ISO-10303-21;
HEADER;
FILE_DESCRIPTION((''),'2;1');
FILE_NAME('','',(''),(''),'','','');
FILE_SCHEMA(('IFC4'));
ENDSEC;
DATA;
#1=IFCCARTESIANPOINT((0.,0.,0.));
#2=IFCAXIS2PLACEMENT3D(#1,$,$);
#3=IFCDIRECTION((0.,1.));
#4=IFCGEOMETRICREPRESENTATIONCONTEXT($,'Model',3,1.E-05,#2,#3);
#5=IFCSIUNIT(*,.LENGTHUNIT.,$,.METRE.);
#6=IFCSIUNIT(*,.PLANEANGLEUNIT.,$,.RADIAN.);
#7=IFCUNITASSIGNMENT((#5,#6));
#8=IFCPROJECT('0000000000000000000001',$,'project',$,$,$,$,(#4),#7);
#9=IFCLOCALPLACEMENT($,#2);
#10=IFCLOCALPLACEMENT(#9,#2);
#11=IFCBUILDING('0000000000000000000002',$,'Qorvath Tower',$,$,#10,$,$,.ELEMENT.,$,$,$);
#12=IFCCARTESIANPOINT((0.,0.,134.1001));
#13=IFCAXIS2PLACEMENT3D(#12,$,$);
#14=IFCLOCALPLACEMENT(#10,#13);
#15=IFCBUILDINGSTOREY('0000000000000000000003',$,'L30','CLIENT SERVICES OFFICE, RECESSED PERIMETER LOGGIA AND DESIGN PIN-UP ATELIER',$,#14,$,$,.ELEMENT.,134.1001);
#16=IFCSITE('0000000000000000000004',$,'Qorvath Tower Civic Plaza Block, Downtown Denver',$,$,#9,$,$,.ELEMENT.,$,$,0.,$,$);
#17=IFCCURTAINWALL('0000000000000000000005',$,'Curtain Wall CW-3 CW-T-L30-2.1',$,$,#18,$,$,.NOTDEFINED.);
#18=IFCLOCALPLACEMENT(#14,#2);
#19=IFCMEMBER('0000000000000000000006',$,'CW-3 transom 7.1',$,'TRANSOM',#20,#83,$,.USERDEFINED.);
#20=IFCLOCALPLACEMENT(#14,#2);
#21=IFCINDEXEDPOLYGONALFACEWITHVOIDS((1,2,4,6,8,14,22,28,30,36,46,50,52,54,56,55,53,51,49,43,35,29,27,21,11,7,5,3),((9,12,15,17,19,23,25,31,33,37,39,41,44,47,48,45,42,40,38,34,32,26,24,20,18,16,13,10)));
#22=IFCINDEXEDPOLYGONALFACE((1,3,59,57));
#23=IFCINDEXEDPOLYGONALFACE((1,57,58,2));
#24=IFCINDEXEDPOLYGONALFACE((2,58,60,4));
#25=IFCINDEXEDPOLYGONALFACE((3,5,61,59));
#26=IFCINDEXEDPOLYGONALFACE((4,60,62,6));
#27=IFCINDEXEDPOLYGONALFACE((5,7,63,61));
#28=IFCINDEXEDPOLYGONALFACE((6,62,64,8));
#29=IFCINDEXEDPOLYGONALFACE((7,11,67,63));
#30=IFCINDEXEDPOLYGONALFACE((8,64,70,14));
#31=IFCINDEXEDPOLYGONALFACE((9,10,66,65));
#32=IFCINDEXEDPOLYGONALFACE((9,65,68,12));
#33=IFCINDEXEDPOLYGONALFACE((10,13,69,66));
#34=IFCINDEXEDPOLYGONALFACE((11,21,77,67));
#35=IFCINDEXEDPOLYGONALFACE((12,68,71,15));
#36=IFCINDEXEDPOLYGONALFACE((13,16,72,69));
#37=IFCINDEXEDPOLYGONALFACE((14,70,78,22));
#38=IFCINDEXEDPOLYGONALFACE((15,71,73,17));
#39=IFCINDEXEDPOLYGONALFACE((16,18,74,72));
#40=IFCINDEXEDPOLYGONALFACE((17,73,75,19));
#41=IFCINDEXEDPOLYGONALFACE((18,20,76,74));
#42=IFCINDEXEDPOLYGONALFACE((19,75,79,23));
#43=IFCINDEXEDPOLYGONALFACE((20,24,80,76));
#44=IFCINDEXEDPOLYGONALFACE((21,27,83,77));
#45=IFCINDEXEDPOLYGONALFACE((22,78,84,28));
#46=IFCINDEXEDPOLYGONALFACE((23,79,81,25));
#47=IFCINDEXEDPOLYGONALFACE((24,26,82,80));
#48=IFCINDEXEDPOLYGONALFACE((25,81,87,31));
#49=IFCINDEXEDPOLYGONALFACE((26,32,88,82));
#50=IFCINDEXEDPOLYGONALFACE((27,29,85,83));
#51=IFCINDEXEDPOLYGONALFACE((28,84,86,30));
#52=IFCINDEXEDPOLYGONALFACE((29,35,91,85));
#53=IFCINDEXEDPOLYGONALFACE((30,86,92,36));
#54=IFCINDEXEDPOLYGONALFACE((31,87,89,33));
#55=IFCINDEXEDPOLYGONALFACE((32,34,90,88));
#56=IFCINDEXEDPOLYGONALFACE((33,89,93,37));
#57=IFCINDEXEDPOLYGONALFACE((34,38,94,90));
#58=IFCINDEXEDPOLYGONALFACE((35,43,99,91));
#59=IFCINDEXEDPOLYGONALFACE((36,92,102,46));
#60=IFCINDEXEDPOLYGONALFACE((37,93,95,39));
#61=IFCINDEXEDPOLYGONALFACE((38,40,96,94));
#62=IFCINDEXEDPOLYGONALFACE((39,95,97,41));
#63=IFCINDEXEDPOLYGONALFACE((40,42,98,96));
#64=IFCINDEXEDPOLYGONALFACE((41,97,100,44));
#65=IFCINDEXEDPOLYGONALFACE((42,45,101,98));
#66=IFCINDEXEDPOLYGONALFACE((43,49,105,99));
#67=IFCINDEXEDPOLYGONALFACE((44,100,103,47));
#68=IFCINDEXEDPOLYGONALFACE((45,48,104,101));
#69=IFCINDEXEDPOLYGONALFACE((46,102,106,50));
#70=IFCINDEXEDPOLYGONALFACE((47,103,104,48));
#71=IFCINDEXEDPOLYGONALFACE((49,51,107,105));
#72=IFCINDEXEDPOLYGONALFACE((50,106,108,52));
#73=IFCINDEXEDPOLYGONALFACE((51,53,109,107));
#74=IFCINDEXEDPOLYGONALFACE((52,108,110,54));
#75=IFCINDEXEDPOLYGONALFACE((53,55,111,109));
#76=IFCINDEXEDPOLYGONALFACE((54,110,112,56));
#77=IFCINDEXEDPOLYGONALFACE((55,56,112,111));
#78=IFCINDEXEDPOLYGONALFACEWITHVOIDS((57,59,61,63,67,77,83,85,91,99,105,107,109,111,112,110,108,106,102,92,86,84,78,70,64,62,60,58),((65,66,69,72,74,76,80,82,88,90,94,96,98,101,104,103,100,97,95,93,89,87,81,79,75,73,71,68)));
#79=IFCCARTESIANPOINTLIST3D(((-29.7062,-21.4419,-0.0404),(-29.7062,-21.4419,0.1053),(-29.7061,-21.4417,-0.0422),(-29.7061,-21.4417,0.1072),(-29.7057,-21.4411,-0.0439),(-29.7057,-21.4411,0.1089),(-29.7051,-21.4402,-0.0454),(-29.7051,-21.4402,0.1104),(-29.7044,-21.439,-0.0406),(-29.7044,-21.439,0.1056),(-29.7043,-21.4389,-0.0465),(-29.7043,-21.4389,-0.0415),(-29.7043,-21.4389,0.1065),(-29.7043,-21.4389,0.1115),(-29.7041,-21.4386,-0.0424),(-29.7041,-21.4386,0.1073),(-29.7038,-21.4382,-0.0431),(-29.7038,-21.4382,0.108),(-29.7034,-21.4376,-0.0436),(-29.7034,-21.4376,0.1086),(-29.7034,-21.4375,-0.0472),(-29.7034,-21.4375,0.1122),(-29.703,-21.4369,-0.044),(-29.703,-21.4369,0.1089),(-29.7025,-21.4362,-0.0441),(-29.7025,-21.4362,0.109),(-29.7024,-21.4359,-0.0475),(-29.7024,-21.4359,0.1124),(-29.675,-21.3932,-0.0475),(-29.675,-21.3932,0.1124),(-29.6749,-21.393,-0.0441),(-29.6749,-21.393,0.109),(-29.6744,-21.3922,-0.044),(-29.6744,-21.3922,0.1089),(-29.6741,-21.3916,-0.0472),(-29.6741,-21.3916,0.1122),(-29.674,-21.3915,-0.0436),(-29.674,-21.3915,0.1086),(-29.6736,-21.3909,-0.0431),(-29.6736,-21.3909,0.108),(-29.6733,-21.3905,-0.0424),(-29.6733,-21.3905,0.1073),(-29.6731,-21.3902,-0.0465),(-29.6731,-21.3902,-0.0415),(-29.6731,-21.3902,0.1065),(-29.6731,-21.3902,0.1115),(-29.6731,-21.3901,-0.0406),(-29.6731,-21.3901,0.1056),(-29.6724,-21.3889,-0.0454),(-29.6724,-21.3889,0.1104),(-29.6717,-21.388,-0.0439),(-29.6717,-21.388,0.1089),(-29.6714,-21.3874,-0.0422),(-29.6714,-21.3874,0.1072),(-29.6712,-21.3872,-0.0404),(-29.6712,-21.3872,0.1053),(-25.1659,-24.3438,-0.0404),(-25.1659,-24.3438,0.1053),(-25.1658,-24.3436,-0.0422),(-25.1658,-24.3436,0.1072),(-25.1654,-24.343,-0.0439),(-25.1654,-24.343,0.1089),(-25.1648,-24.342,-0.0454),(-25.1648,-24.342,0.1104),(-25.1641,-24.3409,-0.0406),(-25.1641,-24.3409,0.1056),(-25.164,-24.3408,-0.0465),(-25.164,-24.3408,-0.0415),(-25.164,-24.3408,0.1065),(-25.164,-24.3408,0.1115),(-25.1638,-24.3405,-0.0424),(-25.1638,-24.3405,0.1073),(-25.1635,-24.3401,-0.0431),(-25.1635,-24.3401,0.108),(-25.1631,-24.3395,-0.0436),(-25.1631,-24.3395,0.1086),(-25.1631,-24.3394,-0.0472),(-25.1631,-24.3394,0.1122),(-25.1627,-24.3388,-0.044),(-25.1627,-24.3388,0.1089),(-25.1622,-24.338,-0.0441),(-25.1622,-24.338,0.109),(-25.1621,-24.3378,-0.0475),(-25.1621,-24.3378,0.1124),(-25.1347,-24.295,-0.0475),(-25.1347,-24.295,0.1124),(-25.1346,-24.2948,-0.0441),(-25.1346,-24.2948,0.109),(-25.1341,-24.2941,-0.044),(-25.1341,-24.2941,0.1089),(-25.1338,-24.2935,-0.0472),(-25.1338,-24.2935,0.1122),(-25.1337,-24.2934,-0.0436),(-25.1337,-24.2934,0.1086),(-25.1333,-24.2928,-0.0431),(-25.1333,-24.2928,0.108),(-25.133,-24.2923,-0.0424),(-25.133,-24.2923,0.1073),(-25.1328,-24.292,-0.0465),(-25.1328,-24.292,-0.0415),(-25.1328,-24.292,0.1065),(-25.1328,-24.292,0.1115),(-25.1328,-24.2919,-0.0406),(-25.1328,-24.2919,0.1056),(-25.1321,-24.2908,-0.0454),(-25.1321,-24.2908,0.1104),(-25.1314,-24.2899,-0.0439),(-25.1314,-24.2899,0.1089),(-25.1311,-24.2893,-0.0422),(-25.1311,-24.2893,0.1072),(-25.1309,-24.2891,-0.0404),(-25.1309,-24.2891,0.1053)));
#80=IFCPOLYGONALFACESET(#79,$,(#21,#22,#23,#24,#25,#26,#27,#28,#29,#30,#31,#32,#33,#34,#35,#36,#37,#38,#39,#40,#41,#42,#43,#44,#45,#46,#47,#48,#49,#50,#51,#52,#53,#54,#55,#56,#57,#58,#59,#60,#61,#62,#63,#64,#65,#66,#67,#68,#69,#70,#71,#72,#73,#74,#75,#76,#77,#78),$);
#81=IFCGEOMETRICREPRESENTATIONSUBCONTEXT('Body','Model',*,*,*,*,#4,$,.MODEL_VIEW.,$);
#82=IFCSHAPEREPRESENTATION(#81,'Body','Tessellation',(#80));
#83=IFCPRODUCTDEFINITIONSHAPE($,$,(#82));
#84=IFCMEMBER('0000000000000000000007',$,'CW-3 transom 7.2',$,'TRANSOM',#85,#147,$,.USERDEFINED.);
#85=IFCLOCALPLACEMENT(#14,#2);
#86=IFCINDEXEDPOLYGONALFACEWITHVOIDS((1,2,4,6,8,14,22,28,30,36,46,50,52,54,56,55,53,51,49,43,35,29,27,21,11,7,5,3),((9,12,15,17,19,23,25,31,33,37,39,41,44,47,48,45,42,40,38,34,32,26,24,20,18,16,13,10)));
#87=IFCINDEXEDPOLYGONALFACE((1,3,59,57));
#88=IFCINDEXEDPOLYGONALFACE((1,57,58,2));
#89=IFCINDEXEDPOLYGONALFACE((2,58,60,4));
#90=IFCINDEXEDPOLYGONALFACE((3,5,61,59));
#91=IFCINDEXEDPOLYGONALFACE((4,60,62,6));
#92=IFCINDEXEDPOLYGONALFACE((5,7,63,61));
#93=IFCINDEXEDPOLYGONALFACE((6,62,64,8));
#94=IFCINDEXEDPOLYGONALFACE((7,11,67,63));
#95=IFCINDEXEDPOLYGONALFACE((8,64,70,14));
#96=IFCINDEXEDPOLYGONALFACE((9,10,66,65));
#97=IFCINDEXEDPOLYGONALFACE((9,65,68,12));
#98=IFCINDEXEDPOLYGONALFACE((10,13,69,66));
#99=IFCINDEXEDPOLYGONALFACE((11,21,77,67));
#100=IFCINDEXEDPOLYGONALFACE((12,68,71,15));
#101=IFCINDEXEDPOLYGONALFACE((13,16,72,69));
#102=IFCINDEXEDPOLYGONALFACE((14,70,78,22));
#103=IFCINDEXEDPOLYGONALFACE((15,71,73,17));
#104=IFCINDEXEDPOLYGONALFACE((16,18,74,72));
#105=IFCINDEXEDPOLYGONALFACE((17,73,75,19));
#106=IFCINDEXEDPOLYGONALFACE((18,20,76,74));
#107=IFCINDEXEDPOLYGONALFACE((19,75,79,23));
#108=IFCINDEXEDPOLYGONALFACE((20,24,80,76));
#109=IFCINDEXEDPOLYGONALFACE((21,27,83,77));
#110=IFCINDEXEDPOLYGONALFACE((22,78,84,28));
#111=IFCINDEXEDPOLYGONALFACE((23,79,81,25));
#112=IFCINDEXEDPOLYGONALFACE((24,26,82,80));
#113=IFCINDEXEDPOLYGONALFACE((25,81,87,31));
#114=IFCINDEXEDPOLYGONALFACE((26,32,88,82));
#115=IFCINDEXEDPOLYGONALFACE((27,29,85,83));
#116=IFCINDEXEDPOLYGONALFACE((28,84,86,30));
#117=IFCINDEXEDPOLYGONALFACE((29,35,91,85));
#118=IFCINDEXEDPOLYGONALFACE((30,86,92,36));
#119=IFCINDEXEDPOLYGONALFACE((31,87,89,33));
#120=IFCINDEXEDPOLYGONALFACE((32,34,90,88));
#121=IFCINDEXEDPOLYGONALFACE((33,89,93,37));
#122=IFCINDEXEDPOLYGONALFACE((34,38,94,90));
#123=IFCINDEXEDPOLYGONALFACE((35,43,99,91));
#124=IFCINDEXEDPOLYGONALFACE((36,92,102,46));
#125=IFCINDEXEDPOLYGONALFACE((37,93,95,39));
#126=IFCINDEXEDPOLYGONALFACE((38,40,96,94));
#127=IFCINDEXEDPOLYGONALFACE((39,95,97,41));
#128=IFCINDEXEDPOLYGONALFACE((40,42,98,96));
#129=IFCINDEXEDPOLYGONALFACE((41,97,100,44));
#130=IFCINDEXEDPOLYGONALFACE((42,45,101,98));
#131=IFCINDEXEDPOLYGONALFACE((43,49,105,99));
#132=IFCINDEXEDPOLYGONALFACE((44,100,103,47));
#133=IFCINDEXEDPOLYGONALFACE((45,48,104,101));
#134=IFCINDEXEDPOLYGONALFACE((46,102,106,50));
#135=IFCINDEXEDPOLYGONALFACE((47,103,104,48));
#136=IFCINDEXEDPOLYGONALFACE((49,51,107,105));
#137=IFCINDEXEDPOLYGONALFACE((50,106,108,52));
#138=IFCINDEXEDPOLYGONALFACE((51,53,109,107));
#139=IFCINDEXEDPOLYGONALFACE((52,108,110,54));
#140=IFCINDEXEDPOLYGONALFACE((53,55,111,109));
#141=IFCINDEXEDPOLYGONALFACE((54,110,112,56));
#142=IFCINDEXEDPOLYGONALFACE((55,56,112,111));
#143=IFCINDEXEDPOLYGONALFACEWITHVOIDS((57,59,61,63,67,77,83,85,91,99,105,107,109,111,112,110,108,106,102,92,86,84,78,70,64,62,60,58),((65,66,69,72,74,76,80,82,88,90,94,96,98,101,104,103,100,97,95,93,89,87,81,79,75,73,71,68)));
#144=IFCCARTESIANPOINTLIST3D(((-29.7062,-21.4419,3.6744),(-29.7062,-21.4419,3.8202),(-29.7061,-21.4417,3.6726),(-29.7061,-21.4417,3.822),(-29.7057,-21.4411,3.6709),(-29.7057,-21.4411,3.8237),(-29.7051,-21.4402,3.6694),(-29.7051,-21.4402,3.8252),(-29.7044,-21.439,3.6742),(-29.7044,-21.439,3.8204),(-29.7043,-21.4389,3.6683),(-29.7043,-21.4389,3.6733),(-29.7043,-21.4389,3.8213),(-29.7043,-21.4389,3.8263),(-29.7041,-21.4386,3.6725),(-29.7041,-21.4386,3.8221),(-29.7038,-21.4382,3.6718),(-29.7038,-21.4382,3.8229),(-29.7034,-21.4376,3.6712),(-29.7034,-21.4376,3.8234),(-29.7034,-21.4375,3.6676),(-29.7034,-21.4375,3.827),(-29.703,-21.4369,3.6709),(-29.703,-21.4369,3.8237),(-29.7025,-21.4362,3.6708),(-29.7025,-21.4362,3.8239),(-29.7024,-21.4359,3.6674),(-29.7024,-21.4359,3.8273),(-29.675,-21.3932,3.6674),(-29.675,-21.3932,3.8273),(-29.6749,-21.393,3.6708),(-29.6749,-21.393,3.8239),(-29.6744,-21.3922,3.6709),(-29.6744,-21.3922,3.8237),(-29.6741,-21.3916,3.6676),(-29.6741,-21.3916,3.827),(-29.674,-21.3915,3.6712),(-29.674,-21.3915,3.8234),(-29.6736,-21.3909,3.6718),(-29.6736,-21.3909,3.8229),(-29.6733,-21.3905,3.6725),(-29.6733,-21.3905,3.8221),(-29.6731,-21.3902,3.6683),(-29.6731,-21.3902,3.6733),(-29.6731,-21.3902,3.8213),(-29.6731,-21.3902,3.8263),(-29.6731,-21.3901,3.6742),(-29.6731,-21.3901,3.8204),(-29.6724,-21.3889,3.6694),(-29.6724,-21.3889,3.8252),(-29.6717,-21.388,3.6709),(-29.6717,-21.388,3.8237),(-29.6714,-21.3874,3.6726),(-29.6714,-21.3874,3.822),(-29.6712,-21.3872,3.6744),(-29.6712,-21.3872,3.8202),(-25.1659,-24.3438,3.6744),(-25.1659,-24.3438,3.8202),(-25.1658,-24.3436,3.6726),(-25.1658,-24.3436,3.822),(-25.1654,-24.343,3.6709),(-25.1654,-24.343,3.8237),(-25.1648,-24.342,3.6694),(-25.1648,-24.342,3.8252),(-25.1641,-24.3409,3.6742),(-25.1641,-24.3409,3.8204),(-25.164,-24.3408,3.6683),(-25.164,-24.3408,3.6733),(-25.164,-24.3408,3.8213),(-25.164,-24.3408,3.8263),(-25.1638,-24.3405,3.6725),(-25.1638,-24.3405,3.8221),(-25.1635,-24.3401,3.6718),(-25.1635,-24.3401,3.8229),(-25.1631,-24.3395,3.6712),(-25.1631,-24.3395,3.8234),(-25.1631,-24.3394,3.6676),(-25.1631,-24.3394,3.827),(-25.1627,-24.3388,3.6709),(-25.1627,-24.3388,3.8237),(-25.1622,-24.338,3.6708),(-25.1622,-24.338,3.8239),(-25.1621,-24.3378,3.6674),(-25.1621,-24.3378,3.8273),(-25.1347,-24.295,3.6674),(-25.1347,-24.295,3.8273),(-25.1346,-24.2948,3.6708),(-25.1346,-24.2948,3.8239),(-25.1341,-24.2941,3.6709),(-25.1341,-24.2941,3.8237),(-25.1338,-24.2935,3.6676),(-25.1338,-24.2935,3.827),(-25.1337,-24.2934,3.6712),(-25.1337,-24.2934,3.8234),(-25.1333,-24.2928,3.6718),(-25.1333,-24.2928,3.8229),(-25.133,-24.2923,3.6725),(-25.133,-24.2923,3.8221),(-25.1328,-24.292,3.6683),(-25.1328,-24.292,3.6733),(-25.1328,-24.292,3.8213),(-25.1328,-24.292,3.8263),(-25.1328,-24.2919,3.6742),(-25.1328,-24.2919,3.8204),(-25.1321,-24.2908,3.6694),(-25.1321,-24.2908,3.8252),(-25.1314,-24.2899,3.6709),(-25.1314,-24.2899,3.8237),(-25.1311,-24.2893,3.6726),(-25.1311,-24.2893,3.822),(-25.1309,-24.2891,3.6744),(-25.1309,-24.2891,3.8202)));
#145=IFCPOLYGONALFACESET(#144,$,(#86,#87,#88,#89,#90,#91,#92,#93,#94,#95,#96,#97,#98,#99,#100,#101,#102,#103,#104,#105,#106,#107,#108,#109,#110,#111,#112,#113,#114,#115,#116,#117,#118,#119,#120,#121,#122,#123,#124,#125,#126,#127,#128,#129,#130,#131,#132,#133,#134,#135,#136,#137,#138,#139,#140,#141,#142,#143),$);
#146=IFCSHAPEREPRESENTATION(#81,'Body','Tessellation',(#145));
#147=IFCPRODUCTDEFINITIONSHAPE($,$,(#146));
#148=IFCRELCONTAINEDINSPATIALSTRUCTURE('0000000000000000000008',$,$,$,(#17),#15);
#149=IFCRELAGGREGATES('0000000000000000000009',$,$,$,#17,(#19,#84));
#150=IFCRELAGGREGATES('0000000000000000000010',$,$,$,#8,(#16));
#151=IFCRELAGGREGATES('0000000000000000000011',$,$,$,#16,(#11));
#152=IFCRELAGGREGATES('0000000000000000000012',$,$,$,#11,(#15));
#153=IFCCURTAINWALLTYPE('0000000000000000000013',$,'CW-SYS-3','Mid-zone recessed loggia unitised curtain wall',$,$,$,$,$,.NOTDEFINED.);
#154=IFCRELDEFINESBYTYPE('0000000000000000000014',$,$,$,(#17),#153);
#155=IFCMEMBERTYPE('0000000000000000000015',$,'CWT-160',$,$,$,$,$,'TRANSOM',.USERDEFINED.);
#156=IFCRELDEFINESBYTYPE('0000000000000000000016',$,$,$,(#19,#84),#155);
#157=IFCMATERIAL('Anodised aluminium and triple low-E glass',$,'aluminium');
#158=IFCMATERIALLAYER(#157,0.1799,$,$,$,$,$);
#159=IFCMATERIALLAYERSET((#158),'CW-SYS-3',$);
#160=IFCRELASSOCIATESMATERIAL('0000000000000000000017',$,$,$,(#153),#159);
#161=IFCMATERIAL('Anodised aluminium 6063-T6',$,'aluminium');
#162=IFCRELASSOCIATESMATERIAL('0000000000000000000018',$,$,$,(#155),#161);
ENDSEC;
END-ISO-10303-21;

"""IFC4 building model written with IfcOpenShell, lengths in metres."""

from ifc_helpers import new_model, si_unit, direction, frame, origin, origin_2d, place, context, subcontext, project, spatial, hollow_rectangle, extrude, material, layer, layer_set, material_profile, profile_set, type_object, element, aggregate, save


model = new_model("IFC4")

# Units and contexts
model_context = context("Model", 3, precision=1e-05, world=origin(), true_north=direction((0.0, 1.0)))
body_context = subcontext(model_context, "Body", "Model", "MODEL_VIEW")
ifc_project = project(units=[si_unit("LENGTHUNIT", "METRE"), si_unit("PLANEANGLEUNIT", "RADIAN")], contexts=[model_context])

# Site, building, storey
site_placement = place(None, origin())
site = spatial("IfcSite", under=ifc_project, at=site_placement, Name="Qorvath Tower Civic Plaza Block, Downtown Denver", CompositionType="ELEMENT", RefElevation=0.0)
building_placement = place(site_placement, origin())
building = spatial("IfcBuilding", under=site, at=building_placement, Name="Qorvath Tower", CompositionType="ELEMENT")
storey_placement = place(building_placement, frame((0.0, 0.0, 134.1001)))
storey = spatial("IfcBuildingStorey", under=building, at=storey_placement, Name="L30", Description="CLIENT SERVICES OFFICE, RECESSED PERIMETER LOGGIA AND DESIGN PIN-UP ATELIER", CompositionType="ELEMENT", Elevation=134.1001)

# Curtain wall, members
ifc_material_1 = material(Name="Anodised aluminium and triple low-E glass", Category="aluminium")
ifc_layer_1 = layer(ifc_material_1, 0.1799)
ifc_layer_set_1 = layer_set([ifc_layer_1], Name="CW-SYS-3")
curtain_wall_type = type_object("IfcCurtainWallType", Name="CW-SYS-3", Description="Mid-zone recessed loggia unitised curtain wall", PredefinedType="NOTDEFINED", material=ifc_layer_set_1)
curtain_wall_placement = place(storey_placement, origin())
curtain_wall = element("IfcCurtainWall", 1, at=curtain_wall_placement, inside=storey, type_object=curtain_wall_type, Name="Curtain Wall CW-3 CW-T-L30-2.1", PredefinedType="NOTDEFINED")
ifc_material_2 = material(Name="Anodised aluminium 6063-T6", Category="aluminium")
ifc_material_profile_1 = material_profile(ifc_material_2, hollow_rectangle(XDim=0.0649, YDim=0.1599, WallThickness=0.0034, InnerFilletRadius=0.0034, OuterFilletRadius=0.0071, at=origin_2d()), Name="CWT 160x65")
ifc_profile_set_1 = profile_set([ifc_material_profile_1], Name="Anodised aluminium 6063-T6")
member_type_1 = type_object("IfcMemberType", Name="CWT-160", ElementType="TRANSOM", PredefinedType="USERDEFINED", material=ifc_profile_set_1)
member_1_placement = place(storey_placement, frame((-29.6887, -21.4146, 0.0325), z_axis=(0.842602, -0.538537, 0.0), x_axis=(0.538537, 0.842602, 0.0)))
member_1 = element("IfcMember", 2, at=member_1_placement, type_object=member_type_1, Name="CW-3 transom 7.1", ObjectType="TRANSOM", PredefinedType="USERDEFINED", context=body_context, shape_type="SweptSolid", body=[
    extrude(hollow_rectangle(XDim=0.0649, YDim=0.1599, WallThickness=0.0034, InnerFilletRadius=0.0034, OuterFilletRadius=0.0071, at=origin_2d()), origin(), (0.0, 0.0, 1.0), 5.3884),
])
member_2_placement = place(storey_placement, frame((-29.6887, -21.4146, 3.7473), z_axis=(0.842602, -0.538537, 0.0), x_axis=(0.538537, 0.842602, 0.0)))
member_2 = element("IfcMember", 3, at=member_2_placement, type_object=member_type_1, Name="CW-3 transom 7.2", ObjectType="TRANSOM", PredefinedType="USERDEFINED", context=body_context, shape_type="SweptSolid", body=[
    extrude(hollow_rectangle(XDim=0.0649, YDim=0.1599, WallThickness=0.0034, InnerFilletRadius=0.0034, OuterFilletRadius=0.0071, at=origin_2d()), origin(), (0.0, 0.0, 1.0), 5.3884),
])
aggregate(curtain_wall, [member_1, member_2])

save(model, "model.ifc")
